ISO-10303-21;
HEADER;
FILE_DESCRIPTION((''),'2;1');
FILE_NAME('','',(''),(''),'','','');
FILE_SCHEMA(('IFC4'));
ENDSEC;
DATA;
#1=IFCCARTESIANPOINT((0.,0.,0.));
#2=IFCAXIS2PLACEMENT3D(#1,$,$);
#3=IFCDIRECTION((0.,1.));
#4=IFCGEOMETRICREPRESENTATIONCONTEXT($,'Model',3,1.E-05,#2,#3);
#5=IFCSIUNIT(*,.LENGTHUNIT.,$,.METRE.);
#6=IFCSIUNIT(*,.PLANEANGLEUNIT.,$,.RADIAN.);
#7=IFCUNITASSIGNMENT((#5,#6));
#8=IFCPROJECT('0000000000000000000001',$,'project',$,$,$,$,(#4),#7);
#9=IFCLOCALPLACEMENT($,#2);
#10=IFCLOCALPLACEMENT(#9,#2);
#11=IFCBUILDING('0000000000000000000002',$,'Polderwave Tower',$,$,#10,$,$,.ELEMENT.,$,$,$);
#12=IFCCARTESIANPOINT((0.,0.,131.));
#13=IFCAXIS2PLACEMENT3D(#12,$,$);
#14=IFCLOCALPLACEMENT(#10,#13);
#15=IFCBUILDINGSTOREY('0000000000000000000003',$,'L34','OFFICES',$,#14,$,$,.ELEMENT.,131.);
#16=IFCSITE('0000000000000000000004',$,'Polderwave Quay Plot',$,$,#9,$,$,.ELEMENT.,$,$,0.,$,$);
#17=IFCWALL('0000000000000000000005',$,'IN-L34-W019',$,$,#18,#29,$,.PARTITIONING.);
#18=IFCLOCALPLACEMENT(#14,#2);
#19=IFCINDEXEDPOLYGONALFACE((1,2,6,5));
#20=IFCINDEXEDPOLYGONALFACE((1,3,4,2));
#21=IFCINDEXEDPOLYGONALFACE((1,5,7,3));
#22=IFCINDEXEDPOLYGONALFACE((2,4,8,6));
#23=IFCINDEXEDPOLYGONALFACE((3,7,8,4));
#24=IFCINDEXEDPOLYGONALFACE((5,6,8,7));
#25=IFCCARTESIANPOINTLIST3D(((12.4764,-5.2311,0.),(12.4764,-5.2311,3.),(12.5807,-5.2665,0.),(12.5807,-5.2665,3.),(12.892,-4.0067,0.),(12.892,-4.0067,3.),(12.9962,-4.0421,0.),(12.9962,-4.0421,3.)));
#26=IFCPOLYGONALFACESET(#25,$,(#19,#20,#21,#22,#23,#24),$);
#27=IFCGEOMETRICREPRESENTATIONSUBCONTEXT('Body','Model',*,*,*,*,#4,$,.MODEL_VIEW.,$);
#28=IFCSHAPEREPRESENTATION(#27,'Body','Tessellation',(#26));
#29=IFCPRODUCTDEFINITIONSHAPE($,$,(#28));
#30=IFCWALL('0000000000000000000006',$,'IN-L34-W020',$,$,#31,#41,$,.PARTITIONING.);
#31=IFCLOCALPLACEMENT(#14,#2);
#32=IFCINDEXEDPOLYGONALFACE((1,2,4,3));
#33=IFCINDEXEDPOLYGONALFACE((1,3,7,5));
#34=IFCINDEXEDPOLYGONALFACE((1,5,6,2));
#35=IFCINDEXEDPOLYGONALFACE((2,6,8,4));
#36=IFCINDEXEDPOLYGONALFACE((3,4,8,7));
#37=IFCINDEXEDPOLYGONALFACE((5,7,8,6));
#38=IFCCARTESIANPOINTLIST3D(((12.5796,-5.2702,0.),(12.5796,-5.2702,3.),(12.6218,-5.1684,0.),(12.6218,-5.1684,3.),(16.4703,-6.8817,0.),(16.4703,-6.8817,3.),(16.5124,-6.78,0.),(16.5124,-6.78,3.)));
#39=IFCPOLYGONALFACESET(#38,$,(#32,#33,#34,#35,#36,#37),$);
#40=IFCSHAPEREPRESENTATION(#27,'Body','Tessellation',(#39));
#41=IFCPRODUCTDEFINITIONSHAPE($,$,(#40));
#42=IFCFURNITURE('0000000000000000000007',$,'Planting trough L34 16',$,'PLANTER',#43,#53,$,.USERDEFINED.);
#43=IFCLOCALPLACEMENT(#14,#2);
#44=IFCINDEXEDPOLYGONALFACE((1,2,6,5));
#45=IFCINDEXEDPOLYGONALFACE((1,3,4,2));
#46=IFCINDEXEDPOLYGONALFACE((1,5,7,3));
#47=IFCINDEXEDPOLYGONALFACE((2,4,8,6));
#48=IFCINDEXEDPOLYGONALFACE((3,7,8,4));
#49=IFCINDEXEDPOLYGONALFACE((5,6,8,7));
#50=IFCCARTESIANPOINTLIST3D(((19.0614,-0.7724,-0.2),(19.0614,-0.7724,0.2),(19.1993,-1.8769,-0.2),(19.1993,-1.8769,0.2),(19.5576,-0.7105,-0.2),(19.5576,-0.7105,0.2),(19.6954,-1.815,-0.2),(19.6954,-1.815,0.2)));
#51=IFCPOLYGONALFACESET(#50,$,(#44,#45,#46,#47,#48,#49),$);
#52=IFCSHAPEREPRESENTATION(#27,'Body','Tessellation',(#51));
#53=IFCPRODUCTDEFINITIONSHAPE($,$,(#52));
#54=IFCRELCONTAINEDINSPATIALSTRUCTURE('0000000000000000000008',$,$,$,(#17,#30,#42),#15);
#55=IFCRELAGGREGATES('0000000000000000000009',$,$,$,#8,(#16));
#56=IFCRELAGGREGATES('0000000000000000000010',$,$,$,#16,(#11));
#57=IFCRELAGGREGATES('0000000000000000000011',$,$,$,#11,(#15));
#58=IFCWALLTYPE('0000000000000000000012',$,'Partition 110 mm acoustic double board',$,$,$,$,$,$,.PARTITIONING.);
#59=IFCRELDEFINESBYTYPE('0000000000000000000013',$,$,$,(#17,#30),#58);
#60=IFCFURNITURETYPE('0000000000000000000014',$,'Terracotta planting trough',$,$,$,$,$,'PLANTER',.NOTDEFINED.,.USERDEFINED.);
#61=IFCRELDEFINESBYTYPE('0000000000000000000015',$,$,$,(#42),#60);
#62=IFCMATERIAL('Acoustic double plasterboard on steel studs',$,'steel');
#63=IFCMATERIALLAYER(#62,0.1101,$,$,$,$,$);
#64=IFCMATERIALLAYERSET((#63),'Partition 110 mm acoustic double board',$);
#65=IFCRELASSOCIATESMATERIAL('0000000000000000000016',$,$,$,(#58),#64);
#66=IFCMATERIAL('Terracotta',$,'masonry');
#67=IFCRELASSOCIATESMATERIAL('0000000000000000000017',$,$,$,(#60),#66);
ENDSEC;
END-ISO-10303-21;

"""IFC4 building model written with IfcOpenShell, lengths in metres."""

from ifc_helpers import new_model, si_unit, direction, frame, frame_2d, origin, origin_2d, place, context, subcontext, project, spatial, rectangle, extrude, material, layer, layer_set, type_object, element, save


model = new_model("IFC4")

# Units and contexts
model_context = context("Model", 3, precision=1e-05, world=origin(), true_north=direction((0.0, 1.0)))
body_context = subcontext(model_context, "Body", "Model", "MODEL_VIEW")
ifc_project = project(units=[si_unit("LENGTHUNIT", "METRE"), si_unit("PLANEANGLEUNIT", "RADIAN")], contexts=[model_context])

# Site, building, storey
site_placement = place(None, origin())
site = spatial("IfcSite", under=ifc_project, at=site_placement, Name="Polderwave Quay Plot", CompositionType="ELEMENT", RefElevation=0.0)
building_placement = place(site_placement, origin())
building = spatial("IfcBuilding", under=site, at=building_placement, Name="Polderwave Tower", CompositionType="ELEMENT")
storey_placement = place(building_placement, frame((0.0, 0.0, 131.0)))
storey = spatial("IfcBuildingStorey", under=building, at=storey_placement, Name="L34", Description="OFFICES", CompositionType="ELEMENT", Elevation=131.0)

# Walls
ifc_material_1 = material(Name="Acoustic double plasterboard on steel studs", Category="steel")
ifc_layer_1 = layer(ifc_material_1, 0.1101)
ifc_layer_set_1 = layer_set([ifc_layer_1], Name="Partition 110 mm acoustic double board")
wall_type_1 = type_object("IfcWallType", Name="Partition 110 mm acoustic double board", PredefinedType="PARTITIONING", material=ifc_layer_set_1)
wall_1_placement = place(storey_placement, frame((12.5286, -5.2488, 0.0), z_axis=(0.0, 0.0, 1.0), x_axis=(0.321378, 0.946951, 0.0)))
element("IfcWall", 1, at=wall_1_placement, inside=storey, type_object=wall_type_1, Name="IN-L34-W019", PredefinedType="PARTITIONING", context=body_context, shape_type="SweptSolid", body=[
    extrude(rectangle(XDim=1.293, YDim=0.1101, at=frame_2d((0.6465, 0.0))), origin(), (0.0, 0.0, 1.0), 3.0),
])
wall_2_placement = place(storey_placement, frame((16.4912, -6.8308, 0.0), z_axis=(0.0, 0.0, 1.0), x_axis=(-0.923878, 0.382688, 0.0)))
element("IfcWall", 2, at=wall_2_placement, inside=storey, type_object=wall_type_1, Name="IN-L34-W020", PredefinedType="PARTITIONING", context=body_context, shape_type="SweptSolid", body=[
    extrude(rectangle(XDim=4.2112, YDim=0.1101, at=frame_2d((2.1055, 0.0))), origin(), (0.0, 0.0, 1.0), 3.0),
])

# Furniture
ifc_material_2 = material(Name="Terracotta", Category="masonry")
furniture_type = type_object("IfcFurnitureType", Name="Terracotta planting trough", ElementType="PLANTER", AssemblyPlace="NOTDEFINED", PredefinedType="USERDEFINED", material=ifc_material_2)
furniture_placement = place(storey_placement, frame((19.3784, -1.2937, -0.2), z_axis=(0.0, 0.0, 1.0), x_axis=(-0.12386, 0.9923, 0.0)))
element("IfcFurniture", 3, at=furniture_placement, inside=storey, type_object=furniture_type, Name="Planting trough L34 16", ObjectType="PLANTER", PredefinedType="USERDEFINED", context=body_context, shape_type="SweptSolid", body=[
    extrude(rectangle(XDim=1.113, YDim=0.5, at=origin_2d()), origin(), (0.0, 0.0, 1.0), 0.3999),
])

save(model, "model.ifc")
